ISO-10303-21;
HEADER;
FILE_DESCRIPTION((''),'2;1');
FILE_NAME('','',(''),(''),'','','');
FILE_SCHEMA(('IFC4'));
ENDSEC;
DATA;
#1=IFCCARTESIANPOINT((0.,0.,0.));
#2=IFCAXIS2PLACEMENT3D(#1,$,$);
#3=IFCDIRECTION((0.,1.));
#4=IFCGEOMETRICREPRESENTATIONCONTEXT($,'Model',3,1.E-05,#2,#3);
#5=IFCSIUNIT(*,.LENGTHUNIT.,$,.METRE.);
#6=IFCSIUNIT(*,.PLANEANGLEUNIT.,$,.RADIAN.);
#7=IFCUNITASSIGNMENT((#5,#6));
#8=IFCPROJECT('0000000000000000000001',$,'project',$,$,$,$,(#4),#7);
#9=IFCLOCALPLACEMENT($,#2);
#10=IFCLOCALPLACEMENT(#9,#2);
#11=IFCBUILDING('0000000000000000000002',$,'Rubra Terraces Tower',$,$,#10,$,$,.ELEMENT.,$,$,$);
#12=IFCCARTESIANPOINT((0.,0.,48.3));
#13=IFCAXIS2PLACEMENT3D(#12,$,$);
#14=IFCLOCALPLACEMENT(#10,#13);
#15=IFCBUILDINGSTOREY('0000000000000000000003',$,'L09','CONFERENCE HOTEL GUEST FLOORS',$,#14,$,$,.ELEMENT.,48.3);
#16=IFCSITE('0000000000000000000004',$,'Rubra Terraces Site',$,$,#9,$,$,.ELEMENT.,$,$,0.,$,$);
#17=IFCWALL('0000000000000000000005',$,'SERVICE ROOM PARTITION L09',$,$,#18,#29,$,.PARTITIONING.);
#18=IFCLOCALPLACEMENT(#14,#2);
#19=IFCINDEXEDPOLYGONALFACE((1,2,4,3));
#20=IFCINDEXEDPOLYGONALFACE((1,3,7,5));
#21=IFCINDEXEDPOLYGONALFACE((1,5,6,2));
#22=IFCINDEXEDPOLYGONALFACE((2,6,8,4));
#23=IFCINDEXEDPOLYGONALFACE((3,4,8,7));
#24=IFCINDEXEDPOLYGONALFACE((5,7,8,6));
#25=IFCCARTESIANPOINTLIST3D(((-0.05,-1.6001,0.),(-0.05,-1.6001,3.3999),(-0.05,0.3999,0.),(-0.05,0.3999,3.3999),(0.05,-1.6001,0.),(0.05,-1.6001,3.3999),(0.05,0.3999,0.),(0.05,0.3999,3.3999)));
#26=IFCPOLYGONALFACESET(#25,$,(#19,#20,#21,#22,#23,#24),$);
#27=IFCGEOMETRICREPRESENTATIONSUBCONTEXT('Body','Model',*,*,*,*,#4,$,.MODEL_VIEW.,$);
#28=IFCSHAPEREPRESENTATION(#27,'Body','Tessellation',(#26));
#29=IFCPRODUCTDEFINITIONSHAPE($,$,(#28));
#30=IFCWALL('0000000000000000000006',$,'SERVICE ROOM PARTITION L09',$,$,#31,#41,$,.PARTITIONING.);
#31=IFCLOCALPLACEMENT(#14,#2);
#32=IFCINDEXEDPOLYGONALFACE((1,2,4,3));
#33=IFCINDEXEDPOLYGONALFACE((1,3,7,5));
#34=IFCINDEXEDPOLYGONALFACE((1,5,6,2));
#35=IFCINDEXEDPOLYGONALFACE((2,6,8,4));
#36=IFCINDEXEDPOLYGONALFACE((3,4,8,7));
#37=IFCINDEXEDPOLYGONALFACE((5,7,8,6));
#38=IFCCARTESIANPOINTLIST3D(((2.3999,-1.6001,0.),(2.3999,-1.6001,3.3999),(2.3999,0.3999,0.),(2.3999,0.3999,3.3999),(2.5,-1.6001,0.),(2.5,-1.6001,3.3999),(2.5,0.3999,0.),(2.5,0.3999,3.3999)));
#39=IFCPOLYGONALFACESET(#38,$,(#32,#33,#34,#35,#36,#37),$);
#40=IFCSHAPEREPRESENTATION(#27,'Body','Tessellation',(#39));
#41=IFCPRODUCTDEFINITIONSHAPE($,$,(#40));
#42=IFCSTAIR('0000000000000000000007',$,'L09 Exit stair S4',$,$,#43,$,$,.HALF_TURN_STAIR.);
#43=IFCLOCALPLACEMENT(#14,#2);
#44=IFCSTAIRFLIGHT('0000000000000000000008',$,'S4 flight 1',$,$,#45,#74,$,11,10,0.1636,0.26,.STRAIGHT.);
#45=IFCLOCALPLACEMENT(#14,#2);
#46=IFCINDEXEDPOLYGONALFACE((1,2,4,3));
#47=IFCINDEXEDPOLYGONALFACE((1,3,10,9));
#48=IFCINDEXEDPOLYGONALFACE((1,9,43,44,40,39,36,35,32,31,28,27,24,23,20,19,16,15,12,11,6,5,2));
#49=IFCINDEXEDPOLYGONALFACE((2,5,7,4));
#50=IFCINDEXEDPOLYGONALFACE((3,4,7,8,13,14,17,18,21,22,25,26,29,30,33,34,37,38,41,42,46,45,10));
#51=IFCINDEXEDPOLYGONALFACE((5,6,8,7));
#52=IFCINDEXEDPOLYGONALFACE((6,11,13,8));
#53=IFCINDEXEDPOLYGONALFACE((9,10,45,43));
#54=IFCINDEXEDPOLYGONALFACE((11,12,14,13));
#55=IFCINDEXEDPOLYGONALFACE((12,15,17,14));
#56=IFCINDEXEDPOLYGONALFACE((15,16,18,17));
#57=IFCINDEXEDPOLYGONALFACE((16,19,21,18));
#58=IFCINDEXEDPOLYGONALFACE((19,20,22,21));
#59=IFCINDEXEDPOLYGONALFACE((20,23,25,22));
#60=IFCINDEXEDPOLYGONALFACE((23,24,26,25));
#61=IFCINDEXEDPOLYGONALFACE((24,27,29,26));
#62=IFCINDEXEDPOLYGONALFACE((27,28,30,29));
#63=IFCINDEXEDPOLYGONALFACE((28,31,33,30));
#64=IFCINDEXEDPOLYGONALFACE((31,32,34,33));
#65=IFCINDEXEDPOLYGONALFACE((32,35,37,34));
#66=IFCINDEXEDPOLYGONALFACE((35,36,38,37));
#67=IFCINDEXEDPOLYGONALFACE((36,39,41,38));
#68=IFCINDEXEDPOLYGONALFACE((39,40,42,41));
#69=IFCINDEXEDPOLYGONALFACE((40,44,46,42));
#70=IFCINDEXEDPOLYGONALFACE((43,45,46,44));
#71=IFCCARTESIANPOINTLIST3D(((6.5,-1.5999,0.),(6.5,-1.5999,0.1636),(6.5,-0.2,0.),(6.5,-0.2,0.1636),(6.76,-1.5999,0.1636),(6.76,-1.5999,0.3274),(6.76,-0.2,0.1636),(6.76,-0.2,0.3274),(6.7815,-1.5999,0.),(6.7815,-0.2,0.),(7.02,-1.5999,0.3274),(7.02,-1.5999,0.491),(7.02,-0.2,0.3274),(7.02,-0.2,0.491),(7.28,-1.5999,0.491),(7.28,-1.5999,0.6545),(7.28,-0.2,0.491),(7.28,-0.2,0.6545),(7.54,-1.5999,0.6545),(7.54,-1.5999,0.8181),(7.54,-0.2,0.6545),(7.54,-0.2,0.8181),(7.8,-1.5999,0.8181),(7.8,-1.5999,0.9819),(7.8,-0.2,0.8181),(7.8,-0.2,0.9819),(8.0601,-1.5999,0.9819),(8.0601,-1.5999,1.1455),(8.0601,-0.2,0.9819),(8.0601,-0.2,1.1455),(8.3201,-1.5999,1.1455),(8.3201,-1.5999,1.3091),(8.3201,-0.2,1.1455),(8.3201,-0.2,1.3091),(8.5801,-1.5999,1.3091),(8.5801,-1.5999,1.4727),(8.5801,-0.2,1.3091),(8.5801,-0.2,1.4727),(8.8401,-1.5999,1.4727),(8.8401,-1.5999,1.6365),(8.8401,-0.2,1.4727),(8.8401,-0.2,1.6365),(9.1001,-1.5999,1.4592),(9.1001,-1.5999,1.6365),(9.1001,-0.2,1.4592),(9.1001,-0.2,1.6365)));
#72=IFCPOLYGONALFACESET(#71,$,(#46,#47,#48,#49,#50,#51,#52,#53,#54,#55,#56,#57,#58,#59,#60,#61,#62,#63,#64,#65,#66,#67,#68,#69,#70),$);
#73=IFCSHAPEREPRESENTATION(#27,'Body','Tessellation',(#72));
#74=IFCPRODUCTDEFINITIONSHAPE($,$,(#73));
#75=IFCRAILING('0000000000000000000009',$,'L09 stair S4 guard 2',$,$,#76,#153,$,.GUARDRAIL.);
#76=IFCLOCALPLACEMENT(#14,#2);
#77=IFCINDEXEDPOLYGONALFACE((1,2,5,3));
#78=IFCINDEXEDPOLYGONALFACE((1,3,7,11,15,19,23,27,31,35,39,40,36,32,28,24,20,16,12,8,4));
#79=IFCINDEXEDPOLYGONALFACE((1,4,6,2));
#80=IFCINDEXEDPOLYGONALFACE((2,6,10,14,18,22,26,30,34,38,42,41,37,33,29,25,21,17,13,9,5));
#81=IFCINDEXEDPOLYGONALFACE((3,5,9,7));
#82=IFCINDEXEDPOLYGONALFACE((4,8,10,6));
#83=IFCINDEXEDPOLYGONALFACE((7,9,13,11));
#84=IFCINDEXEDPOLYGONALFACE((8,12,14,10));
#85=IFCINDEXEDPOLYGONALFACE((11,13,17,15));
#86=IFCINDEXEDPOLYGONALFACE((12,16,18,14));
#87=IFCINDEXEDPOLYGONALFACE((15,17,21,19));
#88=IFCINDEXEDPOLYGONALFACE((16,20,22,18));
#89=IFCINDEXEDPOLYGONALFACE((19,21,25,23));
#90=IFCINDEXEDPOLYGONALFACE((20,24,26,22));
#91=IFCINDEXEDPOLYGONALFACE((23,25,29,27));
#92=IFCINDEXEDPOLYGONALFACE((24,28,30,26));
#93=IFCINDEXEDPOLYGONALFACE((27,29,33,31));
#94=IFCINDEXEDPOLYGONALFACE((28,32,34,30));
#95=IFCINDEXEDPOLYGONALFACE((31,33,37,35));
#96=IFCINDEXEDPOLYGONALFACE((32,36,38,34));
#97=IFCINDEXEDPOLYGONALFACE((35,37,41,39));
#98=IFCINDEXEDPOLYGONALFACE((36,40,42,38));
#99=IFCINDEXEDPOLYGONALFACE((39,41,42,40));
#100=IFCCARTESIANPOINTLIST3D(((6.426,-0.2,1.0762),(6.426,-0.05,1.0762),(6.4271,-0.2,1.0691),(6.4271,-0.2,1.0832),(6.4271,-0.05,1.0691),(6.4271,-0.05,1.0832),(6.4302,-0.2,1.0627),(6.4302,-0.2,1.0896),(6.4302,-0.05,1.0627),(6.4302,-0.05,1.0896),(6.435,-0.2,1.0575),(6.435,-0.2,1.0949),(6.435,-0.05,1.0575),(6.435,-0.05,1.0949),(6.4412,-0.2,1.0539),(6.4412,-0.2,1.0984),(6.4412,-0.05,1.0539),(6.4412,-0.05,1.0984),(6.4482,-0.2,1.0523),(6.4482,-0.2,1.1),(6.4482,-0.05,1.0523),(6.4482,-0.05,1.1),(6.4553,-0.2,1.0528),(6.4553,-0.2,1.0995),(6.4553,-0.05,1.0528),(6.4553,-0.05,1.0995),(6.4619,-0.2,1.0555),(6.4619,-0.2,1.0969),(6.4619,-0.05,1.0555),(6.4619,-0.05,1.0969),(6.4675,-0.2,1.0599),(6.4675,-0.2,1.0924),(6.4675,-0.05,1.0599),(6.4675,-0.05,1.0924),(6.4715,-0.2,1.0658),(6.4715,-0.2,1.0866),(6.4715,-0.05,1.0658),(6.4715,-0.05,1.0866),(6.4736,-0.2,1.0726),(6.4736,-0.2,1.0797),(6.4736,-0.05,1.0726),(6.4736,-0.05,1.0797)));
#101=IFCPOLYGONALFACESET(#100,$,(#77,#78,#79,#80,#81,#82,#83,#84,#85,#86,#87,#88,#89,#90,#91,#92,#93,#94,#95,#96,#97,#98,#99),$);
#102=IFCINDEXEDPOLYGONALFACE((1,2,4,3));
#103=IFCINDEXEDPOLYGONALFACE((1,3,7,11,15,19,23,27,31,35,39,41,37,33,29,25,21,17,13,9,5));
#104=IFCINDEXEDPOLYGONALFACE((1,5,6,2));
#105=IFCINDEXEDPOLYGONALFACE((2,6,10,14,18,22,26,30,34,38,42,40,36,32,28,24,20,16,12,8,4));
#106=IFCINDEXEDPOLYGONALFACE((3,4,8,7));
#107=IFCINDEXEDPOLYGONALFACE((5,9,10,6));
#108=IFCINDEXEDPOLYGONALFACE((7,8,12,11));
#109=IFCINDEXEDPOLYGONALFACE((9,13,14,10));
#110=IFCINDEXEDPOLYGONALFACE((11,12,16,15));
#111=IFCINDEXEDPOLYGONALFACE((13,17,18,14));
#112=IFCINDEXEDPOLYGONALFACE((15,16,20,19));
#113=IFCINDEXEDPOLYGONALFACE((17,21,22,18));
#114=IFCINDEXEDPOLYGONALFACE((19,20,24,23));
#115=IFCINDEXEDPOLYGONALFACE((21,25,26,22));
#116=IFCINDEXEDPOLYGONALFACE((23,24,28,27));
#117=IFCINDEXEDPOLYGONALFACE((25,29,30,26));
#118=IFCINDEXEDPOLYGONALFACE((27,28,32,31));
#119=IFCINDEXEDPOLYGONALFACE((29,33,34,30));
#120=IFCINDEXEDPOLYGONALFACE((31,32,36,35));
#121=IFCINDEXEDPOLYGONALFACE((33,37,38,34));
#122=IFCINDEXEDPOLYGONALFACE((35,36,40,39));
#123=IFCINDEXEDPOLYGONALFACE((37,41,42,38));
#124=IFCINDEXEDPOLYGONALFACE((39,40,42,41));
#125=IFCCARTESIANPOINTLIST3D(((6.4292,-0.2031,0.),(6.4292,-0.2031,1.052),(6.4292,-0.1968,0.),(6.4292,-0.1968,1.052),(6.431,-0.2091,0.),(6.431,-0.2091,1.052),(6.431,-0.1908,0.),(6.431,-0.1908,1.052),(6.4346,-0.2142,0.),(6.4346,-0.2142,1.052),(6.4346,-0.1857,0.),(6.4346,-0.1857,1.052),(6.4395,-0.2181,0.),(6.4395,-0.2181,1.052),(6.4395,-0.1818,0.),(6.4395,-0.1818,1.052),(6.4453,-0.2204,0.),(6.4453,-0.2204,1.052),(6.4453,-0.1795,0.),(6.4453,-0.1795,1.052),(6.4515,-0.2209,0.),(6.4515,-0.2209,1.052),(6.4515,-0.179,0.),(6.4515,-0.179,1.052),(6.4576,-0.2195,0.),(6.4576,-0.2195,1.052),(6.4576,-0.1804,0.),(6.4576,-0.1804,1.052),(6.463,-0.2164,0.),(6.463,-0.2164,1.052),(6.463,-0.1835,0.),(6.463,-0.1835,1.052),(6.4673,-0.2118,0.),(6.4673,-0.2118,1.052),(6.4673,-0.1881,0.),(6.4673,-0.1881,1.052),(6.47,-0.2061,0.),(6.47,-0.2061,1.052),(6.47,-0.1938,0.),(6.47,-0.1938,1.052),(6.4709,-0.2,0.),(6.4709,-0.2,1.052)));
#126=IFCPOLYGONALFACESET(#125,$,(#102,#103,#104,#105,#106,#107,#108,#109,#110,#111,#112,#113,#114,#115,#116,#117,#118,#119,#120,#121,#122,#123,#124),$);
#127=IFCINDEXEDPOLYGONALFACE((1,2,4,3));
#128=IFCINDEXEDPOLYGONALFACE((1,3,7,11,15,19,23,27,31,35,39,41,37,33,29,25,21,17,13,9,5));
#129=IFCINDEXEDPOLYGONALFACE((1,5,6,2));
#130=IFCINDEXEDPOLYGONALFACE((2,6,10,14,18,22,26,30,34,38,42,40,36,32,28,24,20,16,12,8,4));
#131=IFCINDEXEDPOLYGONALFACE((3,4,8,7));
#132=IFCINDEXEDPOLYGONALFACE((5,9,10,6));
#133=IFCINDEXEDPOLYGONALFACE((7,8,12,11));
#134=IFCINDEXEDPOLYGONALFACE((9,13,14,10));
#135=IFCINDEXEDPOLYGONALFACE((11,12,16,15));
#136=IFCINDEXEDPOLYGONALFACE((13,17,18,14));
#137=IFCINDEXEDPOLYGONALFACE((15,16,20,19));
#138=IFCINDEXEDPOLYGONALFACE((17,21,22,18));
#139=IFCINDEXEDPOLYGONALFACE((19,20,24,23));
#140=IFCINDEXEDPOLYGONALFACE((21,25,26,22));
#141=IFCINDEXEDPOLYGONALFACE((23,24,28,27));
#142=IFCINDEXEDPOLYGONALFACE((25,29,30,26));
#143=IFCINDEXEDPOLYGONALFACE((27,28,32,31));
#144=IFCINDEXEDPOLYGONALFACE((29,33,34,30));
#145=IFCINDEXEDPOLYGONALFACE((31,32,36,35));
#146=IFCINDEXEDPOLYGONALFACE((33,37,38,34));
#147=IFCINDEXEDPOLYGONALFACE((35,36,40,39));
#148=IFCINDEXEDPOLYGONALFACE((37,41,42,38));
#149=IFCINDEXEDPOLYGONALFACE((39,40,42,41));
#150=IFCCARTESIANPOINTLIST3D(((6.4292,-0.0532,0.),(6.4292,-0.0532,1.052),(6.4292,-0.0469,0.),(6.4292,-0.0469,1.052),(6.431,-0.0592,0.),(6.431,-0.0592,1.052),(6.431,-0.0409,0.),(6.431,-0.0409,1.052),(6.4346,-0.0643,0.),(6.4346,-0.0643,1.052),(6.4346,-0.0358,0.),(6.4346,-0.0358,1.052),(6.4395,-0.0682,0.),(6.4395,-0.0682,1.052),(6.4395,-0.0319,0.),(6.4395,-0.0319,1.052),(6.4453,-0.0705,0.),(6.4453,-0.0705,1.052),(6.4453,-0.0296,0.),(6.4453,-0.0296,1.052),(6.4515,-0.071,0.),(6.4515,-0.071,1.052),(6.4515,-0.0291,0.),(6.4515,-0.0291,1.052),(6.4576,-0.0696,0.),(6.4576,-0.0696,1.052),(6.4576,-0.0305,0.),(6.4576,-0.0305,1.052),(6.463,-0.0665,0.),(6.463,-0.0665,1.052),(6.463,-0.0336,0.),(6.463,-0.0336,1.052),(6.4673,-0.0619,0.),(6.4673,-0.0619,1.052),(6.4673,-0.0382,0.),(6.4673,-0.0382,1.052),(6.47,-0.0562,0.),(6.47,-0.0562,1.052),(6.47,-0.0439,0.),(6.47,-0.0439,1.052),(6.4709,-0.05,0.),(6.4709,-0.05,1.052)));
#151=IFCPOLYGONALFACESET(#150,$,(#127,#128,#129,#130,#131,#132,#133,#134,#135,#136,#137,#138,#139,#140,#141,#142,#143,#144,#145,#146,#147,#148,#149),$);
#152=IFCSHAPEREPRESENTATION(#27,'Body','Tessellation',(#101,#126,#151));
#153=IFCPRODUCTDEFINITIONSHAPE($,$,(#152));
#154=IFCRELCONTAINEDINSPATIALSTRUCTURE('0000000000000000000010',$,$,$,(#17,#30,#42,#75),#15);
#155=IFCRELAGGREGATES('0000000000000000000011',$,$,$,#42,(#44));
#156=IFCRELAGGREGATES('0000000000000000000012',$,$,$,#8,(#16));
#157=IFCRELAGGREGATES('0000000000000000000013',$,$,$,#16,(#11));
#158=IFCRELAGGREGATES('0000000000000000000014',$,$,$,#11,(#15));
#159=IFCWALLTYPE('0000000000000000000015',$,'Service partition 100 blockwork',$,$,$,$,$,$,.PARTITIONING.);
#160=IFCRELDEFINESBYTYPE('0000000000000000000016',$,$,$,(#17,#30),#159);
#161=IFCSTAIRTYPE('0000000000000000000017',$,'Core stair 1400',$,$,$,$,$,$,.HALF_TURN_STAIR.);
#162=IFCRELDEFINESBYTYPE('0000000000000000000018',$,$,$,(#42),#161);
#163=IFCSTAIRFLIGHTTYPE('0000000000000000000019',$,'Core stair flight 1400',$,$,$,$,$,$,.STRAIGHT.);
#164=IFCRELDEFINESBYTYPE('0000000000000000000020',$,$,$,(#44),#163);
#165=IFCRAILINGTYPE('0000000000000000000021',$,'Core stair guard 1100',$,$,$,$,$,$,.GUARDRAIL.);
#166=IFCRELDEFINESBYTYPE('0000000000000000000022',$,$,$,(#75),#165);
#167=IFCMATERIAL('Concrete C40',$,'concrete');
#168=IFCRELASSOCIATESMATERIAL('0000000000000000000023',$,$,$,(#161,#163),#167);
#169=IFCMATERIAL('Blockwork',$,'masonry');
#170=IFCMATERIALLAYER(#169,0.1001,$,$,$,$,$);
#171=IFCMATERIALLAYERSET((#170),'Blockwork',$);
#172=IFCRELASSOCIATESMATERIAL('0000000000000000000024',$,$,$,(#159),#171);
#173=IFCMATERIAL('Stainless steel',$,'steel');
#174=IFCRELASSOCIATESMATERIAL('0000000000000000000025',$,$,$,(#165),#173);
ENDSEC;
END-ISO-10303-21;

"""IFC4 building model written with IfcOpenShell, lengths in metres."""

from ifc_helpers import new_model, si_unit, direction, frame, frame_2d, origin, origin_2d, place, context, subcontext, project, spatial, polyline, rectangle, circle, outline, extrude, material, layer, layer_set, type_object, element, aggregate, save


model = new_model("IFC4")

# Units and contexts
model_context = context("Model", 3, precision=1e-05, world=origin(), true_north=direction((0.0, 1.0)))
body_context = subcontext(model_context, "Body", "Model", "MODEL_VIEW")
ifc_project = project(units=[si_unit("LENGTHUNIT", "METRE"), si_unit("PLANEANGLEUNIT", "RADIAN")], contexts=[model_context])

# Site, building, storey
site_placement = place(None, origin())
site = spatial("IfcSite", under=ifc_project, at=site_placement, Name="Rubra Terraces Site", CompositionType="ELEMENT", RefElevation=0.0)
building_placement = place(site_placement, origin())
building = spatial("IfcBuilding", under=site, at=building_placement, Name="Rubra Terraces Tower", CompositionType="ELEMENT")
storey_placement = place(building_placement, frame((0.0, 0.0, 48.3)))
storey = spatial("IfcBuildingStorey", under=building, at=storey_placement, Name="L09", Description="CONFERENCE HOTEL GUEST FLOORS", CompositionType="ELEMENT", Elevation=48.3)

# Shared definitions
ifc_material_1 = material(Name="Concrete C40", Category="concrete")

# Shared definitions
stair_type = type_object("IfcStairType", Name="Core stair 1400", PredefinedType="HALF_TURN_STAIR", material=ifc_material_1)

# Walls
ifc_material_2 = material(Name="Blockwork", Category="masonry")
ifc_layer_1 = layer(ifc_material_2, 0.1001)
ifc_layer_set_1 = layer_set([ifc_layer_1], Name="Blockwork")
wall_type_1 = type_object("IfcWallType", Name="Service partition 100 blockwork", PredefinedType="PARTITIONING", material=ifc_layer_set_1)
for number, where, z_axis, x_axis, name in (
    (1, (0.0, -1.6001, 0.0), (0.0, 0.0, 1.0), (0.0, 1.0, 0.0), "SERVICE ROOM PARTITION L09"),
    (2, (2.45, -1.6001, 0.0), (0.0, 0.0, 1.0), (0.0, 1.0, 0.0), "SERVICE ROOM PARTITION L09"),
):
    element("IfcWall", number, at=place(storey_placement, frame(where, z_axis=z_axis, x_axis=x_axis)), inside=storey, type_object=wall_type_1, Name=name, PredefinedType="PARTITIONING", context=body_context, shape_type="SweptSolid", body=[
        extrude(rectangle(XDim=2.0, YDim=0.1001, at=frame_2d((1.0, 0.0))), origin(), (0.0, 0.0, 1.0), 3.3999),
    ])

# Stair, stair flight
stair_1_placement = place(storey_placement, origin())
stair_1 = element("IfcStair", 3, at=stair_1_placement, inside=storey, type_object=stair_type, Name="L09 Exit stair S4", PredefinedType="HALF_TURN_STAIR")
stair_flight_type = type_object("IfcStairFlightType", Name="Core stair flight 1400", PredefinedType="STRAIGHT", material=ifc_material_1)
stair_flight_placement = place(storey_placement, frame((6.5, -0.8999, 0.0), z_axis=(0.0, 0.0, 1.0), x_axis=(1.0, 0.0, 0.0)))
stair_flight = element("IfcStairFlight", 4, at=stair_flight_placement, type_object=stair_flight_type, Name="S4 flight 1", NumberOfRisers=11, NumberOfTreads=10, PredefinedType="STRAIGHT", RiserHeight=0.1636, TreadLength=0.26, context=body_context, shape_type="SweptSolid", body=[
    extrude(outline(polyline([(0.0, 0.0), (0.0, 0.1636), (0.26, 0.1636), (0.26, 0.3274), (0.52, 0.3274), (0.52, 0.491), (0.78, 0.491), (0.78, 0.6545), (1.04, 0.6545), (1.04, 0.8181), (1.3, 0.8181), (1.3, 0.9819), (1.5601, 0.9819), (1.5601, 1.1455), (1.8201, 1.1455), (1.8201, 1.3091), (2.0801, 1.3091), (2.0801, 1.4727), (2.3401, 1.4727), (2.3401, 1.6365), (2.6001, 1.6365), (2.6001, 1.8), (2.6001, 1.4592), (0.2815, 0.0), (0.0, 0.0)])), frame((0.0, 0.7, 0.0), z_axis=(0.0, -1.0, 0.0), x_axis=(1.0, 0.0, 0.0)), (0.0, 0.0, 1.0), 1.3999),
])
aggregate(stair_1, [stair_flight])

# Railing
ifc_material_3 = material(Name="Stainless steel", Category="steel")
railing_type_1 = type_object("IfcRailingType", Name="Core stair guard 1100", PredefinedType="GUARDRAIL", material=ifc_material_3)
railing_1_placement = place(storey_placement, frame((6.45, -0.2, 0.0)))
element("IfcRailing", 5, at=railing_1_placement, inside=storey, type_object=railing_type_1, Name="L09 stair S4 guard 2", PredefinedType="GUARDRAIL", context=body_context, shape_type="SweptSolid", body=[
    extrude(circle(Radius=0.0239, at=origin_2d()), frame((0.0, 0.0, 1.0762), z_axis=(0.0, 1.0, 0.0), x_axis=(-1.0, 0.0, 0.0)), (0.0, 0.0, 1.0), 0.1499),
    extrude(circle(Radius=0.021, at=origin_2d()), origin(), (0.0, 0.0, 1.0), 1.052),
    extrude(circle(Radius=0.021, at=origin_2d()), frame((0.0, 0.1499, 0.0)), (0.0, 0.0, 1.0), 1.052),
])

save(model, "model.ifc")
